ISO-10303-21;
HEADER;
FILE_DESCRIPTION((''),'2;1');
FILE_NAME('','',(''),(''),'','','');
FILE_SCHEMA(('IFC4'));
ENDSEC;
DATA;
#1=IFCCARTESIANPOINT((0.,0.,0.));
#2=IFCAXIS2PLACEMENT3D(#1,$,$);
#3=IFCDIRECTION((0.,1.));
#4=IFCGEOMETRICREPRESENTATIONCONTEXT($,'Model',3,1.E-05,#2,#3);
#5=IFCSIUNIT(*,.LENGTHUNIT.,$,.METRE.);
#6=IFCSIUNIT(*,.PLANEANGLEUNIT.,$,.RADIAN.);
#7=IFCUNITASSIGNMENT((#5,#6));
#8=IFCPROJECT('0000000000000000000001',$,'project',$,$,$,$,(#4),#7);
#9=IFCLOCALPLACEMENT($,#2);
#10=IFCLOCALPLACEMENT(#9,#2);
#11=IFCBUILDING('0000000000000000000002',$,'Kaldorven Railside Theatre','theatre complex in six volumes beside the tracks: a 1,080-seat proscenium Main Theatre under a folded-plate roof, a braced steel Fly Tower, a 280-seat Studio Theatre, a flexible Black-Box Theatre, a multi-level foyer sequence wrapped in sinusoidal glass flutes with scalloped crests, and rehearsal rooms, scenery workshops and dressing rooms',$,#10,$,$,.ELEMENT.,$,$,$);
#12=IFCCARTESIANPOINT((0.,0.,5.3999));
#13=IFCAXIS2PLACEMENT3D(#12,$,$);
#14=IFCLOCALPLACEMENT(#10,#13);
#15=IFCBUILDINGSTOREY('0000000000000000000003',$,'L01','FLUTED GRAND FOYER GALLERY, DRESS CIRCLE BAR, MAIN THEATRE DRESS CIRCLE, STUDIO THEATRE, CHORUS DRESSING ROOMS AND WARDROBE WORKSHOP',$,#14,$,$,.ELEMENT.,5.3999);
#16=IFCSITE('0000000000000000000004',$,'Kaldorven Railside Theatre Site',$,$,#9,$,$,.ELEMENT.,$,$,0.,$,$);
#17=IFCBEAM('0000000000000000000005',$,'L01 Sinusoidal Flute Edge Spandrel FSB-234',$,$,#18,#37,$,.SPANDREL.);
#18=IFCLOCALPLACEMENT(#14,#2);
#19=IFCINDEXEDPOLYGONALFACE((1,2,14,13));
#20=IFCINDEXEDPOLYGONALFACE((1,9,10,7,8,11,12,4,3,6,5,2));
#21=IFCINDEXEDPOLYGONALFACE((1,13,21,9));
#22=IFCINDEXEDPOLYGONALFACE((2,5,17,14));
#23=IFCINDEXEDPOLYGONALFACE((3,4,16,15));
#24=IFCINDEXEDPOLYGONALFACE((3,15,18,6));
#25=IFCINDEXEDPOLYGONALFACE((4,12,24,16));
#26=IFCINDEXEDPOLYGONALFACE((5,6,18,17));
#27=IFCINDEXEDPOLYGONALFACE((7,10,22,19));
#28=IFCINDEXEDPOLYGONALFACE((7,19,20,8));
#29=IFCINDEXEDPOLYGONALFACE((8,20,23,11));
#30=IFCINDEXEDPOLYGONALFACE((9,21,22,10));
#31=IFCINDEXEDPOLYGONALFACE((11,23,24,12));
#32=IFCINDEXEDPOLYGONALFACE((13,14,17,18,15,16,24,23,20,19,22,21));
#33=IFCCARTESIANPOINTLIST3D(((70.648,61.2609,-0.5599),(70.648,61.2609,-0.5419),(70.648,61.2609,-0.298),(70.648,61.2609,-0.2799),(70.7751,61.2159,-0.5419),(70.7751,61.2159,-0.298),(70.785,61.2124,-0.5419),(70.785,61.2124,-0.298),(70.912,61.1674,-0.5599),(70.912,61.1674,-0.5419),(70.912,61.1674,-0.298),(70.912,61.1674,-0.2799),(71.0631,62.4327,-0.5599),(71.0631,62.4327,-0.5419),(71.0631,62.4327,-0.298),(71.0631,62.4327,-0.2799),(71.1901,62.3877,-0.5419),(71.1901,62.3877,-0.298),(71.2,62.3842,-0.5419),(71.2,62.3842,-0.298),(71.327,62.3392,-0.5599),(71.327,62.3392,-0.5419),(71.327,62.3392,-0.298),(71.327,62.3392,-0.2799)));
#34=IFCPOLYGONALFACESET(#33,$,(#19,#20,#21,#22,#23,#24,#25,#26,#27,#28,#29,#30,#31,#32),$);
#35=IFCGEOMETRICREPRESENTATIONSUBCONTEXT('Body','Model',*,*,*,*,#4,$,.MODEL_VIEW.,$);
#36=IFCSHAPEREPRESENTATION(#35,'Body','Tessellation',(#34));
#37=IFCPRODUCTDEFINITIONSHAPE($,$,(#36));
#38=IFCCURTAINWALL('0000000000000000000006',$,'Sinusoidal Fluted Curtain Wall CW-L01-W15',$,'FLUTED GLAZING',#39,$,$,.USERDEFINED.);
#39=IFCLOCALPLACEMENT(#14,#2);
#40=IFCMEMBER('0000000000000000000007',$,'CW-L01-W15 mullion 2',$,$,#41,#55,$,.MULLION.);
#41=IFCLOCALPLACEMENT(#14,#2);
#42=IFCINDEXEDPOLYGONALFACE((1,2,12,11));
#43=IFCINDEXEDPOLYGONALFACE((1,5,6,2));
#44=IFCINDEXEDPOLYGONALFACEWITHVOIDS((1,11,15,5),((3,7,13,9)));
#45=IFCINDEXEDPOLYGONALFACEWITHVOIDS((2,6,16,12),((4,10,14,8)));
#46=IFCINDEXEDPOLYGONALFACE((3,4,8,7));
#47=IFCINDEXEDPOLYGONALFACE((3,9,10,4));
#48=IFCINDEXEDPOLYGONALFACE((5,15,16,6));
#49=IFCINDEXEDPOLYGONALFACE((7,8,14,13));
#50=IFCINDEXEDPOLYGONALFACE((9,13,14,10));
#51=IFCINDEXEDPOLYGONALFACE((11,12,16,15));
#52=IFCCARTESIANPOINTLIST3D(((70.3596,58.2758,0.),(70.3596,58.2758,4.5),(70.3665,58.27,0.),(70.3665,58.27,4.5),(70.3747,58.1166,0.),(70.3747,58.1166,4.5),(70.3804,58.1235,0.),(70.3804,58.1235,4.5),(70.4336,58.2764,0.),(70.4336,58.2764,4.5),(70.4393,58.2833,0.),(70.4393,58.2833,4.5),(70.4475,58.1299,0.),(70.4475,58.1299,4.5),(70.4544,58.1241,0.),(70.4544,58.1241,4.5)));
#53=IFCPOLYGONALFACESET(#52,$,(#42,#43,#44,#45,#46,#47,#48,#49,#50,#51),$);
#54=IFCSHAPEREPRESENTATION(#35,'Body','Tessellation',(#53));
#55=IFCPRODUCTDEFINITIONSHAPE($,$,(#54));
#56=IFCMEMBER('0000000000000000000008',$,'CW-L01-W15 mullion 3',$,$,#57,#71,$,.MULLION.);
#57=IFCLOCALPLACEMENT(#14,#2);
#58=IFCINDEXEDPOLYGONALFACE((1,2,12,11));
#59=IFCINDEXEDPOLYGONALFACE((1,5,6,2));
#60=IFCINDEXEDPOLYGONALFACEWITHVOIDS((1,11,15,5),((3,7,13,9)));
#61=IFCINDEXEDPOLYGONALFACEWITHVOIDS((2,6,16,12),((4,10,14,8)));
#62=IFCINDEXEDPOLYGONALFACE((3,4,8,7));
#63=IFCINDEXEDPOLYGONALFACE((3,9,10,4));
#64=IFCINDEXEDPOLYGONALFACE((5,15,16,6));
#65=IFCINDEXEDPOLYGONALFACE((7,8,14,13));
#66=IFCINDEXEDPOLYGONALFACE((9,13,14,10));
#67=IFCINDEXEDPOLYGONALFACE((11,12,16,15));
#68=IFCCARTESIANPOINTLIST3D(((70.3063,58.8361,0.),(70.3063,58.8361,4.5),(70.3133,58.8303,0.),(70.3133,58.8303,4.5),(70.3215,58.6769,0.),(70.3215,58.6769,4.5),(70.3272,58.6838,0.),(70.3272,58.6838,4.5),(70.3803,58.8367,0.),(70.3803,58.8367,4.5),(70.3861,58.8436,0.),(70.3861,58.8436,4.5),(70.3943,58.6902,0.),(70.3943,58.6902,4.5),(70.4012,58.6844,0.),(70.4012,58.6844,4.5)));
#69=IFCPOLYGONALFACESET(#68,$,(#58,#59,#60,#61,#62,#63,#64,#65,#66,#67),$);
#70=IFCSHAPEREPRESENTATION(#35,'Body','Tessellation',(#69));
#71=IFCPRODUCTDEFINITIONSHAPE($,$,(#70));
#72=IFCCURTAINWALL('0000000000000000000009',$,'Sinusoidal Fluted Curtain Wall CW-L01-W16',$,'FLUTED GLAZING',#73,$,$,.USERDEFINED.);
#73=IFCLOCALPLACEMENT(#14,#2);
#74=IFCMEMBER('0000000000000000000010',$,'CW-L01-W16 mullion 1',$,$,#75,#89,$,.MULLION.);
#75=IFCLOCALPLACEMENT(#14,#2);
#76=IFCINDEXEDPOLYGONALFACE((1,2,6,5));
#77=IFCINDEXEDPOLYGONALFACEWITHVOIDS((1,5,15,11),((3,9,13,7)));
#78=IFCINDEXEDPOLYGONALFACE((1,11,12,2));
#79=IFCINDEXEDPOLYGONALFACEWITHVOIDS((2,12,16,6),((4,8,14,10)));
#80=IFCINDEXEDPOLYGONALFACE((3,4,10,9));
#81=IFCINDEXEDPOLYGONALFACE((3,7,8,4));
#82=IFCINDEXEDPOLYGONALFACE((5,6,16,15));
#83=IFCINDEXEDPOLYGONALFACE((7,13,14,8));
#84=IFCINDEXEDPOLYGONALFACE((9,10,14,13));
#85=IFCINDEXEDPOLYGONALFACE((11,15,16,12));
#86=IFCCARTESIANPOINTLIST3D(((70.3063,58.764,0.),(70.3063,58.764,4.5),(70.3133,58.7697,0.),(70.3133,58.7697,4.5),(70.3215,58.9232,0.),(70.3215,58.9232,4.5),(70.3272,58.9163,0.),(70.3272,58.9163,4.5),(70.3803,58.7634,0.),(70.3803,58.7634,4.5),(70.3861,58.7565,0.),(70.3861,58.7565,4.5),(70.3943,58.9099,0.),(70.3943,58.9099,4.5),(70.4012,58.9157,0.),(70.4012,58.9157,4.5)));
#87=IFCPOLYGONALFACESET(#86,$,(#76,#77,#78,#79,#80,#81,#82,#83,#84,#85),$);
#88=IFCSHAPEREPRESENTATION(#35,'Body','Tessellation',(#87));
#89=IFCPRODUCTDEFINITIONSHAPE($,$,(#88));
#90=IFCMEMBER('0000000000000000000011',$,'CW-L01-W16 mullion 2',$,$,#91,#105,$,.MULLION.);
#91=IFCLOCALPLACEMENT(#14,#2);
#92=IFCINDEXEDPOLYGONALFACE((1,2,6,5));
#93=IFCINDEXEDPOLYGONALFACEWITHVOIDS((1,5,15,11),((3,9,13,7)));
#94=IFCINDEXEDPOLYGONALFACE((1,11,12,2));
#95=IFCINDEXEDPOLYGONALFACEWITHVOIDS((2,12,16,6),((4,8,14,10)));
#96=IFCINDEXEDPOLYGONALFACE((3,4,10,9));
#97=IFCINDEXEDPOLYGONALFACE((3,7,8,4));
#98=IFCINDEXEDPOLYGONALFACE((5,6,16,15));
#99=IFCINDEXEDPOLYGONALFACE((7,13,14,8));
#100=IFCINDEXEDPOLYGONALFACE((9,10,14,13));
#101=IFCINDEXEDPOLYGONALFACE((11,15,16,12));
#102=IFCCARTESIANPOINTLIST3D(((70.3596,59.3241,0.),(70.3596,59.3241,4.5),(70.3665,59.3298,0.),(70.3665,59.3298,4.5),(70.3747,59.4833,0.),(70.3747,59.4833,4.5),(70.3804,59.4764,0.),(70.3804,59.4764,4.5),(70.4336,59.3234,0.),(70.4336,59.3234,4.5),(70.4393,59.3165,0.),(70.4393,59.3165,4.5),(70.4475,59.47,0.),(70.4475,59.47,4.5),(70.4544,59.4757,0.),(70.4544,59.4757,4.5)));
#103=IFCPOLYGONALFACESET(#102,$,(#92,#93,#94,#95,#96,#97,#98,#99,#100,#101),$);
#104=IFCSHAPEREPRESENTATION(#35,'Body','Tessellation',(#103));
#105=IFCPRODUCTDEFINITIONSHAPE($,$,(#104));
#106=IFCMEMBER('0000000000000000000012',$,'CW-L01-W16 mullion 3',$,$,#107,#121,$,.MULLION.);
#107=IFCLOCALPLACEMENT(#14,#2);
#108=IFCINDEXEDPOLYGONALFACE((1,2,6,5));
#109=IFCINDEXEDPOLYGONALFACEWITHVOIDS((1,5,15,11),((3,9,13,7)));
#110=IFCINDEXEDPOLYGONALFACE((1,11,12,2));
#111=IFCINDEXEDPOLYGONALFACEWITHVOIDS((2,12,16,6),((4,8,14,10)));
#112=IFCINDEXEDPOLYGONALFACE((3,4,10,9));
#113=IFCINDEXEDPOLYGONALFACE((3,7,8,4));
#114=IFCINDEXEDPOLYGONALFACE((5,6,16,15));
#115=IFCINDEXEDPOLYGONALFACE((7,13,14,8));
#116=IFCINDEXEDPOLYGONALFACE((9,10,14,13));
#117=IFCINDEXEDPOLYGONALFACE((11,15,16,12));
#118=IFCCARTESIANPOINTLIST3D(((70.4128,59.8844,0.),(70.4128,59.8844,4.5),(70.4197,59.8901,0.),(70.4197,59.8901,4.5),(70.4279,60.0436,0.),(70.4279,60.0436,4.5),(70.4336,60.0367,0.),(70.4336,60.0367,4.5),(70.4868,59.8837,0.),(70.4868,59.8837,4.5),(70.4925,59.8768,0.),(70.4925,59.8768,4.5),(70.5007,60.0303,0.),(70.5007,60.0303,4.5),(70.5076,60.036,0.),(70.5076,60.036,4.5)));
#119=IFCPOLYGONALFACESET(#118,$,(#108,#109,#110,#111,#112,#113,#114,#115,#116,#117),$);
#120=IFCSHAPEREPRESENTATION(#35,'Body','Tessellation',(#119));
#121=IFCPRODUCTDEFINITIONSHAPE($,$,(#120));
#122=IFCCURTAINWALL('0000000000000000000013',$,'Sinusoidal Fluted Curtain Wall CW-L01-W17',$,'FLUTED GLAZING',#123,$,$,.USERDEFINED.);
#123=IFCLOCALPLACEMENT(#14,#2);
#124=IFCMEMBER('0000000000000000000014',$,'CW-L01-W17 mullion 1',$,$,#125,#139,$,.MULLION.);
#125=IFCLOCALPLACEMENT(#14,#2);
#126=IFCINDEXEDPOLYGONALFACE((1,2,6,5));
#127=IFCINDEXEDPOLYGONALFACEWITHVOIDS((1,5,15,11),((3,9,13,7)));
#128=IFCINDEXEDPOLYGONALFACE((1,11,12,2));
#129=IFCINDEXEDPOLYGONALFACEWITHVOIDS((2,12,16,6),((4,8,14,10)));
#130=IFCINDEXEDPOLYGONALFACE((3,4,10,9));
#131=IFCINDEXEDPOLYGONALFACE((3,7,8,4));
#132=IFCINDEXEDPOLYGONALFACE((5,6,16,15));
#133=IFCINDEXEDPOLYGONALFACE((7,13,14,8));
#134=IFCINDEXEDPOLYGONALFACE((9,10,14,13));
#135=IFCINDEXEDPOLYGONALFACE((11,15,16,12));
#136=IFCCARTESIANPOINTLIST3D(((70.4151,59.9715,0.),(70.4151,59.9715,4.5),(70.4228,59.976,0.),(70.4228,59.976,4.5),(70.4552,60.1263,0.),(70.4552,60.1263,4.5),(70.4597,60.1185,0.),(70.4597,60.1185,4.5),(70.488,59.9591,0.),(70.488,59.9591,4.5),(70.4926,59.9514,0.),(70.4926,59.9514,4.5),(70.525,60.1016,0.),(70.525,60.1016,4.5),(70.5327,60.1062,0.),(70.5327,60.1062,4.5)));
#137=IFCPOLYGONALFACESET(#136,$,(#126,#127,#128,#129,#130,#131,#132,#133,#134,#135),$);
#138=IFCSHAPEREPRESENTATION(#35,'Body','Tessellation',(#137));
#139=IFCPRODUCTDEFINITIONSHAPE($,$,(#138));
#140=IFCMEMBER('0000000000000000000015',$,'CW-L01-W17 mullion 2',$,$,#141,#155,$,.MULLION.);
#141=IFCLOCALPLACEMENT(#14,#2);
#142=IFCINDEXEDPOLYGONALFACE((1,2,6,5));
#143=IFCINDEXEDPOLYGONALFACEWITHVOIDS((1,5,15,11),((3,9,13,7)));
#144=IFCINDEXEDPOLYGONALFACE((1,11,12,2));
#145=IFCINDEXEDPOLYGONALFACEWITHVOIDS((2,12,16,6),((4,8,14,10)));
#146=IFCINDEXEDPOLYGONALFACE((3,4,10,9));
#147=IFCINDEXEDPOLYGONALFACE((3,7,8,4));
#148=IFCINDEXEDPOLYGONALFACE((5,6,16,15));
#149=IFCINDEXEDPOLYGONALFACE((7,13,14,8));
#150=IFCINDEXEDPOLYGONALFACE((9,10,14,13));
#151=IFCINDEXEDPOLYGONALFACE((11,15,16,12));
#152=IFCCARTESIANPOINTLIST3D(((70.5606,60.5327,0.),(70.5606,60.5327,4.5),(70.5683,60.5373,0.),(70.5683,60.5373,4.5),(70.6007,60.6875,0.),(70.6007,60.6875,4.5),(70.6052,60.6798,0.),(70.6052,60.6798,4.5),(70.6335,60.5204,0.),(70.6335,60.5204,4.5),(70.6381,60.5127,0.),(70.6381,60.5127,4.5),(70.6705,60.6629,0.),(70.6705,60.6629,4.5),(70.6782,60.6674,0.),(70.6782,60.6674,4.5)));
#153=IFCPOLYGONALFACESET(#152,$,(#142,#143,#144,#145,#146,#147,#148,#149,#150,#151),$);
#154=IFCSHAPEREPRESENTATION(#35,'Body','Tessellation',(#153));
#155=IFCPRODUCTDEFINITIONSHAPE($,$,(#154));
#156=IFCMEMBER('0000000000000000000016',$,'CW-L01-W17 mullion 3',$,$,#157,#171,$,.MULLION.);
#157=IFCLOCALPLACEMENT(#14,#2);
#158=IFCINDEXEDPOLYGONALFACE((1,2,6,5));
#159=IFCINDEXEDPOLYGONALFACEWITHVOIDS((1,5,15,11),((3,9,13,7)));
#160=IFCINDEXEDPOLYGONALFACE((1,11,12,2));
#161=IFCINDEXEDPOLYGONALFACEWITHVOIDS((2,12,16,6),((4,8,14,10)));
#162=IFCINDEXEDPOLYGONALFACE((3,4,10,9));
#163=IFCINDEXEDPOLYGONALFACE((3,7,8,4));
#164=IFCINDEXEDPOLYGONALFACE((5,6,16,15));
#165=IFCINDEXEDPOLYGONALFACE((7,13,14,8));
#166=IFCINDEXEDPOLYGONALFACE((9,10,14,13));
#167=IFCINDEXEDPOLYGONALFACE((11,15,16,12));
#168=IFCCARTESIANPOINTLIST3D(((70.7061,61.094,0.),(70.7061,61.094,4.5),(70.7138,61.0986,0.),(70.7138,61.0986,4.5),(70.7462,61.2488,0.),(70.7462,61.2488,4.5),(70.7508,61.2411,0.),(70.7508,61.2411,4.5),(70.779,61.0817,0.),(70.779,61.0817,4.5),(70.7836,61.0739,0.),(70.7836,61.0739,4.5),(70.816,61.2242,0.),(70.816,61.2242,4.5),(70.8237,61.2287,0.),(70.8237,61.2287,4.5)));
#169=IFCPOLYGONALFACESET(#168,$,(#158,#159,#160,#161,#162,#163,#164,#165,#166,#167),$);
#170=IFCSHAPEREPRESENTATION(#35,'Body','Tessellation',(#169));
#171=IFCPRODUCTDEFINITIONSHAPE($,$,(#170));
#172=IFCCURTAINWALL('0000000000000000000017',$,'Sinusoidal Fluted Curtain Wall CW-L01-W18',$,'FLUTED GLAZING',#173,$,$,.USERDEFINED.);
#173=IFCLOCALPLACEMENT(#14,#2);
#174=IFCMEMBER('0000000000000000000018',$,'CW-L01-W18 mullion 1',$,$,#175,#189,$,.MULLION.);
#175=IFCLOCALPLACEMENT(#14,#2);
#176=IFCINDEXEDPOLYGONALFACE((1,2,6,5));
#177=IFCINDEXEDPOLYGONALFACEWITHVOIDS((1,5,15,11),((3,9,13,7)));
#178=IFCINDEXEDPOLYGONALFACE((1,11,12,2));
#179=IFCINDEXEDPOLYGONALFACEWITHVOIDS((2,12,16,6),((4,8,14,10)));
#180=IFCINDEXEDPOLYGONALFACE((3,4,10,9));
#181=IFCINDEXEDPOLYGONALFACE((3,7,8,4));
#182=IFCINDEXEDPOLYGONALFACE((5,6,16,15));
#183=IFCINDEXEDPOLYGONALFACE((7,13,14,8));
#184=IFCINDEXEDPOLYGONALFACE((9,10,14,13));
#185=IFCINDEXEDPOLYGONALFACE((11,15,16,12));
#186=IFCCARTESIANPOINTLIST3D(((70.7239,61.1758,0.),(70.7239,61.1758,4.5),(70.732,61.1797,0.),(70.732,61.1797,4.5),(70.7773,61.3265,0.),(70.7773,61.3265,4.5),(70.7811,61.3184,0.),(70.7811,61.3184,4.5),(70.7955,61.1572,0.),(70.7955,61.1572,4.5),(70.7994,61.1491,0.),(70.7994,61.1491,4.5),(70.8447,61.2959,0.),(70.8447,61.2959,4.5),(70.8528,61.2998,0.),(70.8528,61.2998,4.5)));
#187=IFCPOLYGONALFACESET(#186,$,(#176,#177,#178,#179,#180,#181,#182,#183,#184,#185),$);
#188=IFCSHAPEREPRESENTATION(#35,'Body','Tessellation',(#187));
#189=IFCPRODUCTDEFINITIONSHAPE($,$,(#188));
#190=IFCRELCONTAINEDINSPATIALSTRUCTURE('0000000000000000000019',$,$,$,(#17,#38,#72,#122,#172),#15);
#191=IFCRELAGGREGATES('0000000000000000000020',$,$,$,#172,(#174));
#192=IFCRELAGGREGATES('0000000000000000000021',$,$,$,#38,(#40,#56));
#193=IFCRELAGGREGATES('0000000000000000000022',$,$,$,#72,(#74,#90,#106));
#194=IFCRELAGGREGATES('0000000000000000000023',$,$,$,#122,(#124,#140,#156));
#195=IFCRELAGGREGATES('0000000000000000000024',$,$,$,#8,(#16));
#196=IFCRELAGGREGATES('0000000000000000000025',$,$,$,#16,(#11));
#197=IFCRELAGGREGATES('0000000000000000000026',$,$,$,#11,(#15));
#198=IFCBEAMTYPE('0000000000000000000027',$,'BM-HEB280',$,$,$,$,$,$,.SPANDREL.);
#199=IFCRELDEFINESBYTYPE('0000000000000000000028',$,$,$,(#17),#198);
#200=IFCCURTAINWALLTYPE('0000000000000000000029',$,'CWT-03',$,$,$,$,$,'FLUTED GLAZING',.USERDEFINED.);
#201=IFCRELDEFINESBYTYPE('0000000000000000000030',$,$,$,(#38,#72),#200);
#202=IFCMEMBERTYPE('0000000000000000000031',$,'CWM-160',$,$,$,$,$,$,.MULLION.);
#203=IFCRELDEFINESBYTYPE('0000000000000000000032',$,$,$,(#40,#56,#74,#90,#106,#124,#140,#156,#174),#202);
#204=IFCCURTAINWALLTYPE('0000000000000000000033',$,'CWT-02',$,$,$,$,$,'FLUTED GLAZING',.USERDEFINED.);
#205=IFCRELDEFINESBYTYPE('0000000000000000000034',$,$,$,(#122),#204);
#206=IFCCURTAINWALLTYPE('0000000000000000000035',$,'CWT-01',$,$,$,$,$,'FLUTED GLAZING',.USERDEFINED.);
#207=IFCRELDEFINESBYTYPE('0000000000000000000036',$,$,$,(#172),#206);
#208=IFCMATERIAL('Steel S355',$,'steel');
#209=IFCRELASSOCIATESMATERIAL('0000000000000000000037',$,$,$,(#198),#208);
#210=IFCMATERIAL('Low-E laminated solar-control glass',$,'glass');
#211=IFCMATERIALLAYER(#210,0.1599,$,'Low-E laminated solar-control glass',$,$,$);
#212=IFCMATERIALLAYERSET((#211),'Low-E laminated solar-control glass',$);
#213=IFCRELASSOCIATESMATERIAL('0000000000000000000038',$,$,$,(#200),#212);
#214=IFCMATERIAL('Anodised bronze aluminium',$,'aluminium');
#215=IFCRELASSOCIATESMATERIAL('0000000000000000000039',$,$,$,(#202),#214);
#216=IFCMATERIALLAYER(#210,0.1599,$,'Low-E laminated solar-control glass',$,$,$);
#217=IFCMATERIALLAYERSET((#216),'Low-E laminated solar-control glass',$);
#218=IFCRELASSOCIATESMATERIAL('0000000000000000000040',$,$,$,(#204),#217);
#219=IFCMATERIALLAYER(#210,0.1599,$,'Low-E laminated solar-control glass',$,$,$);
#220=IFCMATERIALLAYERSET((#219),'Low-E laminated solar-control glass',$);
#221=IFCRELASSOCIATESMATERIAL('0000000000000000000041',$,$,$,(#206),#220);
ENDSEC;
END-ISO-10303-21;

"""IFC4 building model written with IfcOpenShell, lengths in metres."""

from ifc_helpers import new_model, si_unit, direction, frame, origin, origin_2d, place, context, subcontext, project, spatial, hollow_rectangle, i_section, extrude, material, layer, layer_set, material_profile, profile_set, type_object, element, aggregate, save


model = new_model("IFC4")

# Units and contexts
model_context = context("Model", 3, precision=1e-05, world=origin(), true_north=direction((0.0, 1.0)))
body_context = subcontext(model_context, "Body", "Model", "MODEL_VIEW")
ifc_project = project(units=[si_unit("LENGTHUNIT", "METRE"), si_unit("PLANEANGLEUNIT", "RADIAN")], contexts=[model_context])

# Site, building, storey
site_placement = place(None, origin())
site = spatial("IfcSite", under=ifc_project, at=site_placement, Name="Kaldorven Railside Theatre Site", CompositionType="ELEMENT", RefElevation=0.0)
building_placement = place(site_placement, origin())
building = spatial("IfcBuilding", under=site, at=building_placement, Name="Kaldorven Railside Theatre", Description="theatre complex in six volumes beside the tracks: a 1,080-seat proscenium Main Theatre under a folded-plate roof, a braced steel Fly Tower, a 280-seat Studio Theatre, a flexible Black-Box Theatre, a multi-level foyer sequence wrapped in sinusoidal glass flutes with scalloped crests, and rehearsal rooms, scenery workshops and dressing rooms", CompositionType="ELEMENT")
storey_placement = place(building_placement, frame((0.0, 0.0, 5.3999)))
storey = spatial("IfcBuildingStorey", under=building, at=storey_placement, Name="L01", Description="FLUTED GRAND FOYER GALLERY, DRESS CIRCLE BAR, MAIN THEATRE DRESS CIRCLE, STUDIO THEATRE, CHORUS DRESSING ROOMS AND WARDROBE WORKSHOP", CompositionType="ELEMENT", Elevation=5.3999)

# Shared definitions
ifc_material_1 = material(Name="Steel S355", Category="steel")

# Beam
ifc_material_profile_1 = material_profile(ifc_material_1, i_section(OverallWidth=0.28, OverallDepth=0.28, WebThickness=0.0105, FlangeThickness=0.0181, at=origin_2d()), Name="HEB 280")
ifc_profile_set_1 = profile_set([ifc_material_profile_1], Name="Steel S355")
beam_type = type_object("IfcBeamType", Name="BM-HEB280", PredefinedType="SPANDREL", material=ifc_profile_set_1)
beam_1_placement = place(storey_placement, frame((70.78, 61.2141, -0.4199), z_axis=(0.333847, 0.942627, 0.0), x_axis=(-0.942627, 0.333847, 0.0)))
element("IfcBeam", 1, at=beam_1_placement, inside=storey, type_object=beam_type, Name="L01 Sinusoidal Flute Edge Spandrel FSB-234", PredefinedType="SPANDREL", context=body_context, shape_type="SweptSolid", body=[
    extrude(i_section(OverallWidth=0.28, OverallDepth=0.28, WebThickness=0.0105, FlangeThickness=0.0181, at=origin_2d()), origin(), (0.0, 0.0, 1.0), 1.2432),
])

# Curtain walls, members
ifc_material_2 = material(Name="Low-E laminated solar-control glass", Category="glass")
ifc_layer_1 = layer(ifc_material_2, 0.1599, Name="Low-E laminated solar-control glass")
ifc_layer_set_1 = layer_set([ifc_layer_1], Name="Low-E laminated solar-control glass")
curtain_wall_type_1 = type_object("IfcCurtainWallType", Name="CWT-03", ElementType="FLUTED GLAZING", PredefinedType="USERDEFINED", material=ifc_layer_set_1)
curtain_wall_1_placement = place(storey_placement, origin())
curtain_wall_1 = element("IfcCurtainWall", 2, at=curtain_wall_1_placement, inside=storey, type_object=curtain_wall_type_1, Name="Sinusoidal Fluted Curtain Wall CW-L01-W15", ObjectType="FLUTED GLAZING", PredefinedType="USERDEFINED")
ifc_material_3 = material(Name="Anodised bronze aluminium", Category="aluminium")
ifc_material_profile_2 = material_profile(ifc_material_3, hollow_rectangle(XDim=0.0801, YDim=0.1599, WallThickness=0.0063, at=origin_2d()), Name="RHS 160x80x6.3")
ifc_profile_set_2 = profile_set([ifc_material_profile_2], Name="Anodised bronze aluminium")
member_type_1 = type_object("IfcMemberType", Name="CWM-160", PredefinedType="MULLION", material=ifc_profile_set_2)
member_1_placement = place(storey_placement, frame((70.407, 58.2, 0.0), z_axis=(0.0, 0.0, 1.0), x_axis=(-0.995526, -0.094492, 0.0)))
member_1 = element("IfcMember", 3, at=member_1_placement, type_object=member_type_1, Name="CW-L01-W15 mullion 2", PredefinedType="MULLION", context=body_context, shape_type="SweptSolid", body=[
    extrude(hollow_rectangle(XDim=0.0801, YDim=0.1599, WallThickness=0.0063, at=origin_2d()), origin(), (0.0, 0.0, 1.0), 4.5),
])
member_2_placement = place(storey_placement, frame((70.3538, 58.7603, 0.0), z_axis=(0.0, 0.0, 1.0), x_axis=(-0.995526, -0.094492, 0.0)))
member_2 = element("IfcMember", 4, at=member_2_placement, type_object=member_type_1, Name="CW-L01-W15 mullion 3", PredefinedType="MULLION", context=body_context, shape_type="SweptSolid", body=[
    extrude(hollow_rectangle(XDim=0.0801, YDim=0.1599, WallThickness=0.0063, at=origin_2d()), origin(), (0.0, 0.0, 1.0), 4.5),
])
curtain_wall_2_placement = place(storey_placement, origin())
curtain_wall_2 = element("IfcCurtainWall", 5, at=curtain_wall_2_placement, inside=storey, type_object=curtain_wall_type_1, Name="Sinusoidal Fluted Curtain Wall CW-L01-W16", ObjectType="FLUTED GLAZING", PredefinedType="USERDEFINED")
member_3_placement = place(storey_placement, frame((70.3538, 58.8398, 0.0), z_axis=(0.0, 0.0, 1.0), x_axis=(-0.995526, 0.094492, 0.0)))
member_3 = element("IfcMember", 6, at=member_3_placement, type_object=member_type_1, Name="CW-L01-W16 mullion 1", PredefinedType="MULLION", context=body_context, shape_type="SweptSolid", body=[
    extrude(hollow_rectangle(XDim=0.0801, YDim=0.1599, WallThickness=0.0063, at=origin_2d()), origin(), (0.0, 0.0, 1.0), 4.5),
])
member_4_placement = place(storey_placement, frame((70.407, 59.3999, 0.0), z_axis=(0.0, 0.0, 1.0), x_axis=(-0.995526, 0.094492, 0.0)))
member_4 = element("IfcMember", 7, at=member_4_placement, type_object=member_type_1, Name="CW-L01-W16 mullion 2", PredefinedType="MULLION", context=body_context, shape_type="SweptSolid", body=[
    extrude(hollow_rectangle(XDim=0.0801, YDim=0.1599, WallThickness=0.0063, at=origin_2d()), origin(), (0.0, 0.0, 1.0), 4.5),
])
member_5_placement = place(storey_placement, frame((70.4602, 59.9602, 0.0), z_axis=(0.0, 0.0, 1.0), x_axis=(-0.995526, 0.094492, 0.0)))
member_5 = element("IfcMember", 8, at=member_5_placement, type_object=member_type_1, Name="CW-L01-W16 mullion 3", PredefinedType="MULLION", context=body_context, shape_type="SweptSolid", body=[
    extrude(hollow_rectangle(XDim=0.0801, YDim=0.1599, WallThickness=0.0063, at=origin_2d()), origin(), (0.0, 0.0, 1.0), 4.5),
])
ifc_layer_2 = layer(ifc_material_2, 0.1599, Name="Low-E laminated solar-control glass")
ifc_layer_set_2 = layer_set([ifc_layer_2], Name="Low-E laminated solar-control glass")
curtain_wall_type_2 = type_object("IfcCurtainWallType", Name="CWT-02", ElementType="FLUTED GLAZING", PredefinedType="USERDEFINED", material=ifc_layer_set_2)
curtain_wall_3_placement = place(storey_placement, origin())
curtain_wall_3 = element("IfcCurtainWall", 9, at=curtain_wall_3_placement, inside=storey, type_object=curtain_wall_type_2, Name="Sinusoidal Fluted Curtain Wall CW-L01-W17", ObjectType="FLUTED GLAZING", PredefinedType="USERDEFINED")
member_6_placement = place(storey_placement, frame((70.4739, 60.0388, 0.0), z_axis=(0.0, 0.0, 1.0), x_axis=(-0.967999, 0.250954, 0.0)))
member_6 = element("IfcMember", 10, at=member_6_placement, type_object=member_type_1, Name="CW-L01-W17 mullion 1", PredefinedType="MULLION", context=body_context, shape_type="SweptSolid", body=[
    extrude(hollow_rectangle(XDim=0.0801, YDim=0.1599, WallThickness=0.0063, at=origin_2d()), origin(), (0.0, 0.0, 1.0), 4.5),
])
member_7_placement = place(storey_placement, frame((70.6194, 60.6001, 0.0), z_axis=(0.0, 0.0, 1.0), x_axis=(-0.967999, 0.250954, 0.0)))
member_7 = element("IfcMember", 11, at=member_7_placement, type_object=member_type_1, Name="CW-L01-W17 mullion 2", PredefinedType="MULLION", context=body_context, shape_type="SweptSolid", body=[
    extrude(hollow_rectangle(XDim=0.0801, YDim=0.1599, WallThickness=0.0063, at=origin_2d()), origin(), (0.0, 0.0, 1.0), 4.5),
])
member_8_placement = place(storey_placement, frame((70.7649, 61.1614, 0.0), z_axis=(0.0, 0.0, 1.0), x_axis=(-0.967999, 0.250954, 0.0)))
member_8 = element("IfcMember", 12, at=member_8_placement, type_object=member_type_1, Name="CW-L01-W17 mullion 3", PredefinedType="MULLION", context=body_context, shape_type="SweptSolid", body=[
    extrude(hollow_rectangle(XDim=0.0801, YDim=0.1599, WallThickness=0.0063, at=origin_2d()), origin(), (0.0, 0.0, 1.0), 4.5),
])

# Curtain wall, member
ifc_layer_3 = layer(ifc_material_2, 0.1599, Name="Low-E laminated solar-control glass")
ifc_layer_set_3 = layer_set([ifc_layer_3], Name="Low-E laminated solar-control glass")
curtain_wall_type_3 = type_object("IfcCurtainWallType", Name="CWT-01", ElementType="FLUTED GLAZING", PredefinedType="USERDEFINED", material=ifc_layer_set_3)
curtain_wall_4_placement = place(storey_placement, origin())
curtain_wall_4 = element("IfcCurtainWall", 13, at=curtain_wall_4_placement, inside=storey, type_object=curtain_wall_type_3, Name="Sinusoidal Fluted Curtain Wall CW-L01-W18", ObjectType="FLUTED GLAZING", PredefinedType="USERDEFINED")
member_9_placement = place(storey_placement, frame((70.7883, 61.2378, 0.0), z_axis=(0.0, 0.0, 1.0), x_axis=(-0.942627, 0.333847, 0.0)))
member_9 = element("IfcMember", 14, at=member_9_placement, type_object=member_type_1, Name="CW-L01-W18 mullion 1", PredefinedType="MULLION", context=body_context, shape_type="SweptSolid", body=[
    extrude(hollow_rectangle(XDim=0.0801, YDim=0.1599, WallThickness=0.0063, at=origin_2d()), origin(), (0.0, 0.0, 1.0), 4.5),
])
aggregate(curtain_wall_4, [member_9])

aggregate(curtain_wall_1, [member_1, member_2])
aggregate(curtain_wall_2, [member_3, member_4, member_5])
aggregate(curtain_wall_3, [member_6, member_7, member_8])

save(model, "model.ifc")
